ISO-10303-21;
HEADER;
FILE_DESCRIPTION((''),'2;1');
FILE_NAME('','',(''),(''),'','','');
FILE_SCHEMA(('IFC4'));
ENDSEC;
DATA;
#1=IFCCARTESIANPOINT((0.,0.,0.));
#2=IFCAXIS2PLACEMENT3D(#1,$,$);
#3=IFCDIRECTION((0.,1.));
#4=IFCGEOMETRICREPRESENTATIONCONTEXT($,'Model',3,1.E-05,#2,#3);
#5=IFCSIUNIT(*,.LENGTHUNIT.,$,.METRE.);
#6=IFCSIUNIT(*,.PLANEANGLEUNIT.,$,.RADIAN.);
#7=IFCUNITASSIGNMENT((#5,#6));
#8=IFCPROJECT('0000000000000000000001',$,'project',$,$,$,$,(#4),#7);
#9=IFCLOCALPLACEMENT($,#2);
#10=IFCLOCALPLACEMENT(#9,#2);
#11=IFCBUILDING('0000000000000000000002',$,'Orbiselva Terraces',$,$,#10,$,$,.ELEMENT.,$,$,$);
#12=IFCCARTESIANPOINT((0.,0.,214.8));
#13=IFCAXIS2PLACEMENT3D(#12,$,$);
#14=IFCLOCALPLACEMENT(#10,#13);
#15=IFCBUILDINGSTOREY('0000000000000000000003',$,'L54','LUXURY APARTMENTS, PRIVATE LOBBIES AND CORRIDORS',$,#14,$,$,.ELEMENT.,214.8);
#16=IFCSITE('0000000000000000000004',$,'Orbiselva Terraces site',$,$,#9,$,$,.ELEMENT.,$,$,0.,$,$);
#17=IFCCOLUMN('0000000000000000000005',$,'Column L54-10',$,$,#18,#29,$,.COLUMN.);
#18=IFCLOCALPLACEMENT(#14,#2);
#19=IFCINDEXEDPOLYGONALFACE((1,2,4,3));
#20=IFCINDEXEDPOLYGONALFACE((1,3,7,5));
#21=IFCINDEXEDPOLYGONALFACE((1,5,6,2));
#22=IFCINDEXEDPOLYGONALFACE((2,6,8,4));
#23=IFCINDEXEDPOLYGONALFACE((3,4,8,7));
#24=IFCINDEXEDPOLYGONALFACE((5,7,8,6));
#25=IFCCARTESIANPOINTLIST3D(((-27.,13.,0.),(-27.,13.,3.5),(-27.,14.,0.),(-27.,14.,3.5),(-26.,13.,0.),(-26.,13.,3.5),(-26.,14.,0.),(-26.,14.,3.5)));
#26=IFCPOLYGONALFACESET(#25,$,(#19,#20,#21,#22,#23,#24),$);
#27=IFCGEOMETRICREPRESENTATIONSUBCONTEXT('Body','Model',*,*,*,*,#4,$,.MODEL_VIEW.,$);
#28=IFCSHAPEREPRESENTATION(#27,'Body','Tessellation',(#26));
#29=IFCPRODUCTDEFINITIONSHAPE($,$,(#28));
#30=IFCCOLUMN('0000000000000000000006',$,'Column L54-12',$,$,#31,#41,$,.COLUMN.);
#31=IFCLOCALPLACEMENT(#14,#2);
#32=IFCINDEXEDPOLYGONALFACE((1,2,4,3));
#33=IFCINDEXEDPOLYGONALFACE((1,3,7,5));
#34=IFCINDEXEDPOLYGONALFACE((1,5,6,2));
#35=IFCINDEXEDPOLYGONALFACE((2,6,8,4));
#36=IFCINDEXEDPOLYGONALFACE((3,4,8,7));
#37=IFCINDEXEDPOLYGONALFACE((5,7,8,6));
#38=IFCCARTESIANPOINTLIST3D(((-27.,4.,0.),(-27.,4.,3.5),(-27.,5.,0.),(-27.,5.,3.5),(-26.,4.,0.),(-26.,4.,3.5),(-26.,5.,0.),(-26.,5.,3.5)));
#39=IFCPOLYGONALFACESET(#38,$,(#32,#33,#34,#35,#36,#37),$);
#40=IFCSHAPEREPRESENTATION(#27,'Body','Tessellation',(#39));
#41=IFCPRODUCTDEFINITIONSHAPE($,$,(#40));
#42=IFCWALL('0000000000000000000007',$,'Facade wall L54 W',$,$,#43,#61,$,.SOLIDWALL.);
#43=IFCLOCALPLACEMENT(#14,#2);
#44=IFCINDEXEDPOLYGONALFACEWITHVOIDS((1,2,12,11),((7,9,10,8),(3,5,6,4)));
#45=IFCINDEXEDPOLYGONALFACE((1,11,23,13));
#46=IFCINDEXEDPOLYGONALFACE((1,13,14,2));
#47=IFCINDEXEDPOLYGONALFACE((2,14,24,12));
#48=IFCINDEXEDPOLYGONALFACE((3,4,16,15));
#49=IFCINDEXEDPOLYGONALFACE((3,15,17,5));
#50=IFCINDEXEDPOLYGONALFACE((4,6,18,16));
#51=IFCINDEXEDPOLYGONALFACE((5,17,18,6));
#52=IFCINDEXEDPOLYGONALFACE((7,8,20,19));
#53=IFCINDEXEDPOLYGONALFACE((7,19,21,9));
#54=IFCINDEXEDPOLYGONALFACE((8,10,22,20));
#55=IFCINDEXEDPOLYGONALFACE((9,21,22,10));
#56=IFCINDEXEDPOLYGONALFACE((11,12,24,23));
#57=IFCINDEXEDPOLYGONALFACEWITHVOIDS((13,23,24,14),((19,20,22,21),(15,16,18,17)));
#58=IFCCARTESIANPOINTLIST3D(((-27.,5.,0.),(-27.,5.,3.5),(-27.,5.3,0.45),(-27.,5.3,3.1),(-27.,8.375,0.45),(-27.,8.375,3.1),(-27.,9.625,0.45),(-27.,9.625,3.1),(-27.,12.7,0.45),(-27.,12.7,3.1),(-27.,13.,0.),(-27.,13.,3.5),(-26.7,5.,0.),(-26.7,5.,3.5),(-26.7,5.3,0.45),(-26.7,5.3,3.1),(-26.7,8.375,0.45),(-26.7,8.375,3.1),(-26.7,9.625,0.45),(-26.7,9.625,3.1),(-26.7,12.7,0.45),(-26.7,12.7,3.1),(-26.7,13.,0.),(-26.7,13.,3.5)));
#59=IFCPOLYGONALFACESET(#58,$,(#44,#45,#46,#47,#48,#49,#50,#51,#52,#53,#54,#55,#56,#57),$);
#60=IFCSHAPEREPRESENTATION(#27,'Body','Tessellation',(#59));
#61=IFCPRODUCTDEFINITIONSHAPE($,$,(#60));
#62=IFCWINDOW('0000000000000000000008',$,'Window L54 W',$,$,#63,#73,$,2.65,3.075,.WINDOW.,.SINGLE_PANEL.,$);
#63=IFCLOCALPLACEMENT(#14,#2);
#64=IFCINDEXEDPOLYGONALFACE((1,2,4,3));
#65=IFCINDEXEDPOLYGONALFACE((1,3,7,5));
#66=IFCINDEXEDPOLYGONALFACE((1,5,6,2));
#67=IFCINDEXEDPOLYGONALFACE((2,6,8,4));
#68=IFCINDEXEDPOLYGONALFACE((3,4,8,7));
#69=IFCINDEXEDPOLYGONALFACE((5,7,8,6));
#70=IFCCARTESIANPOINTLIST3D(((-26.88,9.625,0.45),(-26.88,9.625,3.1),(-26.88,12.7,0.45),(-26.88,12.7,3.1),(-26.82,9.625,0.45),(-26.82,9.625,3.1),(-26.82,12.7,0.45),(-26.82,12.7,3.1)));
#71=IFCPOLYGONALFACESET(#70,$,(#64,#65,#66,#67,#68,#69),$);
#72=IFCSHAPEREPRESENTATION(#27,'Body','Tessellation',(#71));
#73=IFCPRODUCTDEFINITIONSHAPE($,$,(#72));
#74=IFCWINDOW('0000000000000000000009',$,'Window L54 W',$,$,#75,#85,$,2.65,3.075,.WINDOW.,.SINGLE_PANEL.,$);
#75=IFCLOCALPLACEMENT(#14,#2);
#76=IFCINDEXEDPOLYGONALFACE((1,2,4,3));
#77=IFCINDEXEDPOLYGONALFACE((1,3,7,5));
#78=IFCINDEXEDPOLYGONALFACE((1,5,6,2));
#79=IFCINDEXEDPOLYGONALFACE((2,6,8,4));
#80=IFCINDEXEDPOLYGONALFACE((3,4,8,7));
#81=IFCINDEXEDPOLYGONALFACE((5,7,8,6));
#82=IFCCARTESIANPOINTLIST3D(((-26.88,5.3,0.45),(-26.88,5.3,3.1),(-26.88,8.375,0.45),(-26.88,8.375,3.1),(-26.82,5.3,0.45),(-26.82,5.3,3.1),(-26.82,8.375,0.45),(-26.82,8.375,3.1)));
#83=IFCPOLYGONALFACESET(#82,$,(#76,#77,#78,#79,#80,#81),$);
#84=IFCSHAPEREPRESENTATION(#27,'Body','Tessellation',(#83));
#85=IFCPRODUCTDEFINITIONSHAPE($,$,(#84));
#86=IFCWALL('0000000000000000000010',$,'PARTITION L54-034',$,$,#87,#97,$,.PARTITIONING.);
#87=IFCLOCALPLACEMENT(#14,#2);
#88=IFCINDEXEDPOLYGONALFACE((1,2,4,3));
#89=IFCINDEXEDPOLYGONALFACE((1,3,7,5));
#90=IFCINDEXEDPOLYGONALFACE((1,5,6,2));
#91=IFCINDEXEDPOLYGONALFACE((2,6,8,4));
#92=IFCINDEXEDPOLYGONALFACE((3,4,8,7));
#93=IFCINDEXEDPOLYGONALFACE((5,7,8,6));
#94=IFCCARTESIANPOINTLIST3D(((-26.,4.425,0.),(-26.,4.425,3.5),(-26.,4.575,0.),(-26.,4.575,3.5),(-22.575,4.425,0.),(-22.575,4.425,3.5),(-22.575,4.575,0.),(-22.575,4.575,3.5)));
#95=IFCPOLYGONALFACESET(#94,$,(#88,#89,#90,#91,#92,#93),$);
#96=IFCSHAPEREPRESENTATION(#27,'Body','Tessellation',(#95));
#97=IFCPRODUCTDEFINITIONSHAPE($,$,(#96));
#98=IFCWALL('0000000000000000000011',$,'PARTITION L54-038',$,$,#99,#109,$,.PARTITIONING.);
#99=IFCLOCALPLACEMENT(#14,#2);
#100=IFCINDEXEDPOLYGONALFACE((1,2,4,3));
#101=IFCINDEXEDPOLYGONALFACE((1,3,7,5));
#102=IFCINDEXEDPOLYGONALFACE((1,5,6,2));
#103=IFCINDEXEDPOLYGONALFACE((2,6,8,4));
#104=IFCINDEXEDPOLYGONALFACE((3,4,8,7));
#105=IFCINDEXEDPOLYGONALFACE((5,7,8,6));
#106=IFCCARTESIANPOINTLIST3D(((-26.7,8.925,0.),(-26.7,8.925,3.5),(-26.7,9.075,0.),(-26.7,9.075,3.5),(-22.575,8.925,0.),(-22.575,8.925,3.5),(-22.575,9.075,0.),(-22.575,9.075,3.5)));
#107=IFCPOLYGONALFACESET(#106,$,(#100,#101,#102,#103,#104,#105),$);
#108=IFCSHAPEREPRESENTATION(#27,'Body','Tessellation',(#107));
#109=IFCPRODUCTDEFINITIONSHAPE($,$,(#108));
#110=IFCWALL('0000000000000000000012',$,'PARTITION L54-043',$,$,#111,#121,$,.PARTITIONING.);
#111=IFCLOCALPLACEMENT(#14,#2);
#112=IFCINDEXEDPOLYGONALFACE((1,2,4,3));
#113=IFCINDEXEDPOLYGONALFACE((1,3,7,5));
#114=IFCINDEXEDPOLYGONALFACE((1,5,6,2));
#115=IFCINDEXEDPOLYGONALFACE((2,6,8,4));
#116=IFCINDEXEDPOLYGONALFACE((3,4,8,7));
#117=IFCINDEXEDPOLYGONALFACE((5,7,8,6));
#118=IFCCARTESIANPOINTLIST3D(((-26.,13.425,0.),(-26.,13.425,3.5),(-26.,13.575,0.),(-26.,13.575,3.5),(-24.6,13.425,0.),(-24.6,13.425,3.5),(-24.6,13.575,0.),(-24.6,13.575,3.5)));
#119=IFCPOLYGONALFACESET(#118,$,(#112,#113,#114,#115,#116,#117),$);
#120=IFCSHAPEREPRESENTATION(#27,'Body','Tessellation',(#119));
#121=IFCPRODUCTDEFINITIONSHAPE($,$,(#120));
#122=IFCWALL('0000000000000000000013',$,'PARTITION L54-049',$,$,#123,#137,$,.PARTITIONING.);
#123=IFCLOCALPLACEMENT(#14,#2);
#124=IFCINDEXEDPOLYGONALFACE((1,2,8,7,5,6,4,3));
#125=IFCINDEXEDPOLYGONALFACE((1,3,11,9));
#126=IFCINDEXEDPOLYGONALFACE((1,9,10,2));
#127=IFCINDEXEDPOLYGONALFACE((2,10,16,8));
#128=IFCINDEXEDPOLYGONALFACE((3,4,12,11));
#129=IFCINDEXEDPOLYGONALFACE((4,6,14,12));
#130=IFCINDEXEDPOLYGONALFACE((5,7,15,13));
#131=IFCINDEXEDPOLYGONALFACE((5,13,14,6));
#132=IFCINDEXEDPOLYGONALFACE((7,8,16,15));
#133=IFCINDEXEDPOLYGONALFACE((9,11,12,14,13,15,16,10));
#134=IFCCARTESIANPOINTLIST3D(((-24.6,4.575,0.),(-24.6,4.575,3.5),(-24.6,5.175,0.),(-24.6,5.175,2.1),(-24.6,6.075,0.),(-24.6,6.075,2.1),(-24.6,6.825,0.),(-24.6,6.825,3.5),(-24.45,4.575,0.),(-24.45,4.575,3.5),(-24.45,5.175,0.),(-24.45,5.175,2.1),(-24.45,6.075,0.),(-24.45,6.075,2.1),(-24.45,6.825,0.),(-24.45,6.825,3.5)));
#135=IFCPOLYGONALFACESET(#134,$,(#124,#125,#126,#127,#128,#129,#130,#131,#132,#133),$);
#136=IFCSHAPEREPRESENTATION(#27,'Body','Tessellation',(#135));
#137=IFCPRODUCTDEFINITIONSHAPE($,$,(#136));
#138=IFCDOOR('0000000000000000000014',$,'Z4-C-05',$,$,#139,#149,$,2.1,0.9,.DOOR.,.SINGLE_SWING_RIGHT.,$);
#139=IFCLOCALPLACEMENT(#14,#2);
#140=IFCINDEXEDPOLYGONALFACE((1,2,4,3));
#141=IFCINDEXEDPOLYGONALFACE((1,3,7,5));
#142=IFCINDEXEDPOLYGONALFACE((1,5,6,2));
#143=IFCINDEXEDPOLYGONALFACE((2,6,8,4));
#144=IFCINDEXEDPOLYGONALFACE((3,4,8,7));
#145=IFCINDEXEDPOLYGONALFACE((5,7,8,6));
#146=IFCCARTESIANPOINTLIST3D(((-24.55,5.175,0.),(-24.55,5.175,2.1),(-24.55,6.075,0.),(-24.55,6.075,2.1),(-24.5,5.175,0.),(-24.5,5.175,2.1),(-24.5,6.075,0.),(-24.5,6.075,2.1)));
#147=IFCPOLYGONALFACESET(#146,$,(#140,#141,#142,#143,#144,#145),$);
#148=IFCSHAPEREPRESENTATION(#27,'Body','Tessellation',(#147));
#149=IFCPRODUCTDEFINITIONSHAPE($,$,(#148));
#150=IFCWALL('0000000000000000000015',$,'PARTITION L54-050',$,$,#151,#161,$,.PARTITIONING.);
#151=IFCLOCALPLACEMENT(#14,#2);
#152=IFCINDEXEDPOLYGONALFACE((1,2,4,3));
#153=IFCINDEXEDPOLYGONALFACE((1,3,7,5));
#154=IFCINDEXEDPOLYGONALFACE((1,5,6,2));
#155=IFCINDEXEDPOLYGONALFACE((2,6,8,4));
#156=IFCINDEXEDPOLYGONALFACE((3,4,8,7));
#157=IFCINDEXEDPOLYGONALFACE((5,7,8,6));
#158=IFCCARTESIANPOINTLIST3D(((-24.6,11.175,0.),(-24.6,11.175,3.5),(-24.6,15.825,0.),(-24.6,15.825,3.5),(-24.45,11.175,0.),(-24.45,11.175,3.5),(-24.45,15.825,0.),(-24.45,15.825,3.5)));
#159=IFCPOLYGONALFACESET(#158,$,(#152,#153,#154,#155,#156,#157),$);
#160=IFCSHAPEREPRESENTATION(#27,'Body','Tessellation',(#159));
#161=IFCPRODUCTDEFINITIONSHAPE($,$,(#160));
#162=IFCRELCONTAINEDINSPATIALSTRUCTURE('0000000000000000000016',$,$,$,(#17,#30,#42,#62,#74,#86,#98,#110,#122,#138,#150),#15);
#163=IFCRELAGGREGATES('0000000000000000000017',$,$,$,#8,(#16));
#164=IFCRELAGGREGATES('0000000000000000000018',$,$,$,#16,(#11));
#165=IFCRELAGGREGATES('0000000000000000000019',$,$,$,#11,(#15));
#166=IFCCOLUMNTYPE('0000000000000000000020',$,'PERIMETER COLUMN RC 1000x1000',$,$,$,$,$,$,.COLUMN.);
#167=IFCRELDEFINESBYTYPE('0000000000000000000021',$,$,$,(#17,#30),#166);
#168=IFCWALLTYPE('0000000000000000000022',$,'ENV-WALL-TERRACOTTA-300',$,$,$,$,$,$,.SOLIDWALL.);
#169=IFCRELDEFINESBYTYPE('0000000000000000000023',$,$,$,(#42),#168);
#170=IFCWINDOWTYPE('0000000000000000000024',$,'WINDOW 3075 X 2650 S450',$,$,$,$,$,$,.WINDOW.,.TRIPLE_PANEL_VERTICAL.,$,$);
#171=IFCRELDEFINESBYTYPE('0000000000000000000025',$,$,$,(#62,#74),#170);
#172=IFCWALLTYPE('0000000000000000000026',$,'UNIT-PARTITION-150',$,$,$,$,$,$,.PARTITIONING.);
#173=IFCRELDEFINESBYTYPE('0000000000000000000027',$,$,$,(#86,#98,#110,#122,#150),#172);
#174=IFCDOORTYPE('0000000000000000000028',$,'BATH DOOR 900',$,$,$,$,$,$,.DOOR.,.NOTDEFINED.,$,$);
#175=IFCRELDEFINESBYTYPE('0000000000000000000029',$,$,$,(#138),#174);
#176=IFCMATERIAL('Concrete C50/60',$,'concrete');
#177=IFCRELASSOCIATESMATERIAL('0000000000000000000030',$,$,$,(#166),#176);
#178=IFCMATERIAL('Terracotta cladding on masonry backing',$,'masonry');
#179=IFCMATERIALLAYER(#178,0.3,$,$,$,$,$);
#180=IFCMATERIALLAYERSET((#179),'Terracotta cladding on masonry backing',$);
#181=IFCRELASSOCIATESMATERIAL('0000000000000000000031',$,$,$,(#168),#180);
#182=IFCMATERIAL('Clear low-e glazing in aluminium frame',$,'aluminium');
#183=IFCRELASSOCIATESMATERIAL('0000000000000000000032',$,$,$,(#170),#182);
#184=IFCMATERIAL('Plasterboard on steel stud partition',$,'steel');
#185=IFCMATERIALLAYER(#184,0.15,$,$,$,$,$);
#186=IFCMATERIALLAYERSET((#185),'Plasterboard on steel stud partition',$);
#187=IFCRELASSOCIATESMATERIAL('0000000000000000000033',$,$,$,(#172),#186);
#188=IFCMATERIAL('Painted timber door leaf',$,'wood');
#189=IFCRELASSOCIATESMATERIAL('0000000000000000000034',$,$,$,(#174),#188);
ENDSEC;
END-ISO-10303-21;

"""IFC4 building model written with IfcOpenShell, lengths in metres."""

from ifc_helpers import new_model, si_unit, direction, frame, frame_2d, origin, origin_2d, place, context, subcontext, project, spatial, rectangle, extrude, material, layer, layer_set, material_profile, profile_set, type_object, element, fill, save


model = new_model("IFC4")

# Units and contexts
model_context = context("Model", 3, precision=1e-05, world=origin(), true_north=direction((0.0, 1.0)))
body_context = subcontext(model_context, "Body", "Model", "MODEL_VIEW")
ifc_project = project(units=[si_unit("LENGTHUNIT", "METRE"), si_unit("PLANEANGLEUNIT", "RADIAN")], contexts=[model_context])

# Site, building, storey
site_placement = place(None, origin())
site = spatial("IfcSite", under=ifc_project, at=site_placement, Name="Orbiselva Terraces site", CompositionType="ELEMENT", RefElevation=0.0)
building_placement = place(site_placement, origin())
building = spatial("IfcBuilding", under=site, at=building_placement, Name="Orbiselva Terraces", CompositionType="ELEMENT")
storey_placement = place(building_placement, frame((0.0, 0.0, 214.8)))
storey = spatial("IfcBuildingStorey", under=building, at=storey_placement, Name="L54", Description="LUXURY APARTMENTS, PRIVATE LOBBIES AND CORRIDORS", CompositionType="ELEMENT", Elevation=214.8)

# Columns
ifc_material_1 = material(Name="Concrete C50/60", Category="concrete")
ifc_material_profile = material_profile(ifc_material_1, rectangle(XDim=1.0, YDim=1.0, at=origin_2d()), Name="RC 1000x1000")
ifc_profile_set = profile_set([ifc_material_profile], Name="Concrete C50/60")
column_type = type_object("IfcColumnType", Name="PERIMETER COLUMN RC 1000x1000", PredefinedType="COLUMN", material=ifc_profile_set)
for number, where, z_axis, x_axis, name in (
    (1, (-26.5, 13.5, 0.0), (0.0, 0.0, 1.0), (1.0, 0.0, 0.0), "Column L54-10"),
    (2, (-26.5, 4.5, 0.0), (0.0, 0.0, 1.0), (1.0, 0.0, 0.0), "Column L54-12"),
):
    element("IfcColumn", number, at=place(storey_placement, frame(where, z_axis=z_axis, x_axis=x_axis)), inside=storey, type_object=column_type, Name=name, PredefinedType="COLUMN", context=body_context, shape_type="SweptSolid", body=[
        extrude(rectangle(XDim=1.0, YDim=1.0, at=origin_2d()), origin(), (0.0, 0.0, 1.0), 3.5),
    ])

# Wall, openings, windows
ifc_material_2 = material(Name="Terracotta cladding on masonry backing", Category="masonry")
ifc_layer_1 = layer(ifc_material_2, 0.3)
ifc_layer_set_1 = layer_set([ifc_layer_1], Name="Terracotta cladding on masonry backing")
wall_type_1 = type_object("IfcWallType", Name="ENV-WALL-TERRACOTTA-300", PredefinedType="SOLIDWALL", material=ifc_layer_set_1)
wall_1_placement = place(storey_placement, frame((-26.85, 5.0, 0.0), z_axis=(0.0, 0.0, 1.0), x_axis=(0.0, 1.0, 0.0)))
wall_1 = element("IfcWall", 3, at=wall_1_placement, inside=storey, type_object=wall_type_1, Name="Facade wall L54 W", PredefinedType="SOLIDWALL", context=body_context, shape_type="SweptSolid", body=[
    extrude(rectangle(XDim=8.0, YDim=0.3, at=frame_2d((4.0, 0.0))), origin(), (0.0, 0.0, 1.0), 3.5),
])
opening_1_placement = place(wall_1_placement, frame((4.625, 0.0, 0.45)))
opening_1 = element("IfcOpeningElement", 4, at=opening_1_placement, cuts=wall_1, PredefinedType="OPENING", context=body_context, shape_type="SweptSolid", body=[
    extrude(rectangle(XDim=3.075, YDim=2.65, at=frame_2d((1.5375, 1.325))), frame((0.0, 0.16, 0.0), z_axis=(0.0, -1.0, 0.0), x_axis=(1.0, 0.0, 0.0)), (0.0, 0.0, 1.0), 0.32),
])
opening_2_placement = place(wall_1_placement, frame((0.3, 0.0, 0.45)))
opening_2 = element("IfcOpeningElement", 5, at=opening_2_placement, cuts=wall_1, PredefinedType="OPENING", context=body_context, shape_type="SweptSolid", body=[
    extrude(rectangle(XDim=3.075, YDim=2.65, at=frame_2d((1.5375, 1.325))), frame((0.0, 0.16, 0.0), z_axis=(0.0, -1.0, 0.0), x_axis=(1.0, 0.0, 0.0)), (0.0, 0.0, 1.0), 0.32),
])
ifc_material_3 = material(Name="Clear low-e glazing in aluminium frame", Category="aluminium")
window_type = type_object("IfcWindowType", Name="WINDOW 3075 X 2650 S450", PartitioningType="TRIPLE_PANEL_VERTICAL", PredefinedType="WINDOW", material=ifc_material_3)
window_1_placement = place(opening_1_placement, origin())
window_1 = element("IfcWindow", 6, at=window_1_placement, inside=storey, type_object=window_type, Name="Window L54 W", OverallHeight=2.65, OverallWidth=3.075, PartitioningType="SINGLE_PANEL", PredefinedType="WINDOW", context=body_context, shape_type="SweptSolid", body=[
    extrude(rectangle(XDim=3.075, YDim=2.65, at=frame_2d((1.5375, 1.325))), frame((0.0, 0.03, 0.0), z_axis=(0.0, -1.0, 0.0), x_axis=(1.0, 0.0, 0.0)), (0.0, 0.0, 1.0), 0.06),
])
fill(opening_1, window_1)
window_2_placement = place(opening_2_placement, origin())
window_2 = element("IfcWindow", 7, at=window_2_placement, inside=storey, type_object=window_type, Name="Window L54 W", OverallHeight=2.65, OverallWidth=3.075, PartitioningType="SINGLE_PANEL", PredefinedType="WINDOW", context=body_context, shape_type="SweptSolid", body=[
    extrude(rectangle(XDim=3.075, YDim=2.65, at=frame_2d((1.5375, 1.325))), frame((0.0, 0.03, 0.0), z_axis=(0.0, -1.0, 0.0), x_axis=(1.0, 0.0, 0.0)), (0.0, 0.0, 1.0), 0.06),
])
fill(opening_2, window_2)

# Walls
ifc_material_4 = material(Name="Plasterboard on steel stud partition", Category="steel")
ifc_layer_2 = layer(ifc_material_4, 0.15)
ifc_layer_set_2 = layer_set([ifc_layer_2], Name="Plasterboard on steel stud partition")
wall_type_2 = type_object("IfcWallType", Name="UNIT-PARTITION-150", PredefinedType="PARTITIONING", material=ifc_layer_set_2)
wall_2_placement = place(storey_placement, frame((-26.0, 4.5, 0.0), z_axis=(0.0, 0.0, 1.0), x_axis=(1.0, 0.0, 0.0)))
element("IfcWall", 8, at=wall_2_placement, inside=storey, type_object=wall_type_2, Name="PARTITION L54-034", PredefinedType="PARTITIONING", context=body_context, shape_type="SweptSolid", body=[
    extrude(rectangle(XDim=3.425, YDim=0.15, at=frame_2d((1.7125, 0.0))), origin(), (0.0, 0.0, 1.0), 3.5),
])
wall_3_placement = place(storey_placement, frame((-26.7, 9.0, 0.0), z_axis=(0.0, 0.0, 1.0), x_axis=(1.0, 0.0, 0.0)))
element("IfcWall", 9, at=wall_3_placement, inside=storey, type_object=wall_type_2, Name="PARTITION L54-038", PredefinedType="PARTITIONING", context=body_context, shape_type="SweptSolid", body=[
    extrude(rectangle(XDim=4.125, YDim=0.15, at=frame_2d((2.0625, 0.0))), origin(), (0.0, 0.0, 1.0), 3.5),
])
wall_4_placement = place(storey_placement, frame((-26.0, 13.5, 0.0), z_axis=(0.0, 0.0, 1.0), x_axis=(1.0, 0.0, 0.0)))
element("IfcWall", 10, at=wall_4_placement, inside=storey, type_object=wall_type_2, Name="PARTITION L54-043", PredefinedType="PARTITIONING", context=body_context, shape_type="SweptSolid", body=[
    extrude(rectangle(XDim=1.4, YDim=0.15, at=frame_2d((0.7, 0.0))), origin(), (0.0, 0.0, 1.0), 3.5),
])

# Wall, opening, door
wall_5_placement = place(storey_placement, frame((-24.525, 6.825, 0.0), z_axis=(0.0, 0.0, 1.0), x_axis=(0.0, -1.0, 0.0)))
wall_5 = element("IfcWall", 11, at=wall_5_placement, inside=storey, type_object=wall_type_2, Name="PARTITION L54-049", PredefinedType="PARTITIONING", context=body_context, shape_type="SweptSolid", body=[
    extrude(rectangle(XDim=2.25, YDim=0.15, at=frame_2d((1.125, 0.0))), origin(), (0.0, 0.0, 1.0), 3.5),
])
opening_3_placement = place(wall_5_placement, frame((0.75, 0.0, 0.0)))
opening_3 = element("IfcOpeningElement", 12, at=opening_3_placement, cuts=wall_5, PredefinedType="OPENING", context=body_context, shape_type="SweptSolid", body=[
    extrude(rectangle(XDim=0.9, YDim=2.1, at=frame_2d((0.45, 1.05))), frame((0.0, 0.085, 0.0), z_axis=(0.0, -1.0, 0.0), x_axis=(1.0, 0.0, 0.0)), (0.0, 0.0, 1.0), 0.17),
])
ifc_material_5 = material(Name="Painted timber door leaf", Category="wood")
door_type = type_object("IfcDoorType", Name="BATH DOOR 900", OperationType="NOTDEFINED", PredefinedType="DOOR", material=ifc_material_5)
door_placement = place(opening_3_placement, origin())
door = element("IfcDoor", 13, at=door_placement, inside=storey, type_object=door_type, Name="Z4-C-05", OperationType="SINGLE_SWING_RIGHT", OverallHeight=2.1, OverallWidth=0.9, PredefinedType="DOOR", context=body_context, shape_type="SweptSolid", body=[
    extrude(rectangle(XDim=0.9, YDim=2.1, at=frame_2d((0.45, 1.05))), frame((0.0, 0.025, 0.0), z_axis=(0.0, -1.0, 0.0), x_axis=(1.0, 0.0, 0.0)), (0.0, 0.0, 1.0), 0.05),
])
fill(opening_3, door)

# Wall
wall_6_placement = place(storey_placement, frame((-24.525, 11.175, 0.0), z_axis=(0.0, 0.0, 1.0), x_axis=(0.0, 1.0, 0.0)))
element("IfcWall", 14, at=wall_6_placement, inside=storey, type_object=wall_type_2, Name="PARTITION L54-050", PredefinedType="PARTITIONING", context=body_context, shape_type="SweptSolid", body=[
    extrude(rectangle(XDim=4.65, YDim=0.15, at=frame_2d((2.325, 0.0))), origin(), (0.0, 0.0, 1.0), 3.5),
])

save(model, "model.ifc")
